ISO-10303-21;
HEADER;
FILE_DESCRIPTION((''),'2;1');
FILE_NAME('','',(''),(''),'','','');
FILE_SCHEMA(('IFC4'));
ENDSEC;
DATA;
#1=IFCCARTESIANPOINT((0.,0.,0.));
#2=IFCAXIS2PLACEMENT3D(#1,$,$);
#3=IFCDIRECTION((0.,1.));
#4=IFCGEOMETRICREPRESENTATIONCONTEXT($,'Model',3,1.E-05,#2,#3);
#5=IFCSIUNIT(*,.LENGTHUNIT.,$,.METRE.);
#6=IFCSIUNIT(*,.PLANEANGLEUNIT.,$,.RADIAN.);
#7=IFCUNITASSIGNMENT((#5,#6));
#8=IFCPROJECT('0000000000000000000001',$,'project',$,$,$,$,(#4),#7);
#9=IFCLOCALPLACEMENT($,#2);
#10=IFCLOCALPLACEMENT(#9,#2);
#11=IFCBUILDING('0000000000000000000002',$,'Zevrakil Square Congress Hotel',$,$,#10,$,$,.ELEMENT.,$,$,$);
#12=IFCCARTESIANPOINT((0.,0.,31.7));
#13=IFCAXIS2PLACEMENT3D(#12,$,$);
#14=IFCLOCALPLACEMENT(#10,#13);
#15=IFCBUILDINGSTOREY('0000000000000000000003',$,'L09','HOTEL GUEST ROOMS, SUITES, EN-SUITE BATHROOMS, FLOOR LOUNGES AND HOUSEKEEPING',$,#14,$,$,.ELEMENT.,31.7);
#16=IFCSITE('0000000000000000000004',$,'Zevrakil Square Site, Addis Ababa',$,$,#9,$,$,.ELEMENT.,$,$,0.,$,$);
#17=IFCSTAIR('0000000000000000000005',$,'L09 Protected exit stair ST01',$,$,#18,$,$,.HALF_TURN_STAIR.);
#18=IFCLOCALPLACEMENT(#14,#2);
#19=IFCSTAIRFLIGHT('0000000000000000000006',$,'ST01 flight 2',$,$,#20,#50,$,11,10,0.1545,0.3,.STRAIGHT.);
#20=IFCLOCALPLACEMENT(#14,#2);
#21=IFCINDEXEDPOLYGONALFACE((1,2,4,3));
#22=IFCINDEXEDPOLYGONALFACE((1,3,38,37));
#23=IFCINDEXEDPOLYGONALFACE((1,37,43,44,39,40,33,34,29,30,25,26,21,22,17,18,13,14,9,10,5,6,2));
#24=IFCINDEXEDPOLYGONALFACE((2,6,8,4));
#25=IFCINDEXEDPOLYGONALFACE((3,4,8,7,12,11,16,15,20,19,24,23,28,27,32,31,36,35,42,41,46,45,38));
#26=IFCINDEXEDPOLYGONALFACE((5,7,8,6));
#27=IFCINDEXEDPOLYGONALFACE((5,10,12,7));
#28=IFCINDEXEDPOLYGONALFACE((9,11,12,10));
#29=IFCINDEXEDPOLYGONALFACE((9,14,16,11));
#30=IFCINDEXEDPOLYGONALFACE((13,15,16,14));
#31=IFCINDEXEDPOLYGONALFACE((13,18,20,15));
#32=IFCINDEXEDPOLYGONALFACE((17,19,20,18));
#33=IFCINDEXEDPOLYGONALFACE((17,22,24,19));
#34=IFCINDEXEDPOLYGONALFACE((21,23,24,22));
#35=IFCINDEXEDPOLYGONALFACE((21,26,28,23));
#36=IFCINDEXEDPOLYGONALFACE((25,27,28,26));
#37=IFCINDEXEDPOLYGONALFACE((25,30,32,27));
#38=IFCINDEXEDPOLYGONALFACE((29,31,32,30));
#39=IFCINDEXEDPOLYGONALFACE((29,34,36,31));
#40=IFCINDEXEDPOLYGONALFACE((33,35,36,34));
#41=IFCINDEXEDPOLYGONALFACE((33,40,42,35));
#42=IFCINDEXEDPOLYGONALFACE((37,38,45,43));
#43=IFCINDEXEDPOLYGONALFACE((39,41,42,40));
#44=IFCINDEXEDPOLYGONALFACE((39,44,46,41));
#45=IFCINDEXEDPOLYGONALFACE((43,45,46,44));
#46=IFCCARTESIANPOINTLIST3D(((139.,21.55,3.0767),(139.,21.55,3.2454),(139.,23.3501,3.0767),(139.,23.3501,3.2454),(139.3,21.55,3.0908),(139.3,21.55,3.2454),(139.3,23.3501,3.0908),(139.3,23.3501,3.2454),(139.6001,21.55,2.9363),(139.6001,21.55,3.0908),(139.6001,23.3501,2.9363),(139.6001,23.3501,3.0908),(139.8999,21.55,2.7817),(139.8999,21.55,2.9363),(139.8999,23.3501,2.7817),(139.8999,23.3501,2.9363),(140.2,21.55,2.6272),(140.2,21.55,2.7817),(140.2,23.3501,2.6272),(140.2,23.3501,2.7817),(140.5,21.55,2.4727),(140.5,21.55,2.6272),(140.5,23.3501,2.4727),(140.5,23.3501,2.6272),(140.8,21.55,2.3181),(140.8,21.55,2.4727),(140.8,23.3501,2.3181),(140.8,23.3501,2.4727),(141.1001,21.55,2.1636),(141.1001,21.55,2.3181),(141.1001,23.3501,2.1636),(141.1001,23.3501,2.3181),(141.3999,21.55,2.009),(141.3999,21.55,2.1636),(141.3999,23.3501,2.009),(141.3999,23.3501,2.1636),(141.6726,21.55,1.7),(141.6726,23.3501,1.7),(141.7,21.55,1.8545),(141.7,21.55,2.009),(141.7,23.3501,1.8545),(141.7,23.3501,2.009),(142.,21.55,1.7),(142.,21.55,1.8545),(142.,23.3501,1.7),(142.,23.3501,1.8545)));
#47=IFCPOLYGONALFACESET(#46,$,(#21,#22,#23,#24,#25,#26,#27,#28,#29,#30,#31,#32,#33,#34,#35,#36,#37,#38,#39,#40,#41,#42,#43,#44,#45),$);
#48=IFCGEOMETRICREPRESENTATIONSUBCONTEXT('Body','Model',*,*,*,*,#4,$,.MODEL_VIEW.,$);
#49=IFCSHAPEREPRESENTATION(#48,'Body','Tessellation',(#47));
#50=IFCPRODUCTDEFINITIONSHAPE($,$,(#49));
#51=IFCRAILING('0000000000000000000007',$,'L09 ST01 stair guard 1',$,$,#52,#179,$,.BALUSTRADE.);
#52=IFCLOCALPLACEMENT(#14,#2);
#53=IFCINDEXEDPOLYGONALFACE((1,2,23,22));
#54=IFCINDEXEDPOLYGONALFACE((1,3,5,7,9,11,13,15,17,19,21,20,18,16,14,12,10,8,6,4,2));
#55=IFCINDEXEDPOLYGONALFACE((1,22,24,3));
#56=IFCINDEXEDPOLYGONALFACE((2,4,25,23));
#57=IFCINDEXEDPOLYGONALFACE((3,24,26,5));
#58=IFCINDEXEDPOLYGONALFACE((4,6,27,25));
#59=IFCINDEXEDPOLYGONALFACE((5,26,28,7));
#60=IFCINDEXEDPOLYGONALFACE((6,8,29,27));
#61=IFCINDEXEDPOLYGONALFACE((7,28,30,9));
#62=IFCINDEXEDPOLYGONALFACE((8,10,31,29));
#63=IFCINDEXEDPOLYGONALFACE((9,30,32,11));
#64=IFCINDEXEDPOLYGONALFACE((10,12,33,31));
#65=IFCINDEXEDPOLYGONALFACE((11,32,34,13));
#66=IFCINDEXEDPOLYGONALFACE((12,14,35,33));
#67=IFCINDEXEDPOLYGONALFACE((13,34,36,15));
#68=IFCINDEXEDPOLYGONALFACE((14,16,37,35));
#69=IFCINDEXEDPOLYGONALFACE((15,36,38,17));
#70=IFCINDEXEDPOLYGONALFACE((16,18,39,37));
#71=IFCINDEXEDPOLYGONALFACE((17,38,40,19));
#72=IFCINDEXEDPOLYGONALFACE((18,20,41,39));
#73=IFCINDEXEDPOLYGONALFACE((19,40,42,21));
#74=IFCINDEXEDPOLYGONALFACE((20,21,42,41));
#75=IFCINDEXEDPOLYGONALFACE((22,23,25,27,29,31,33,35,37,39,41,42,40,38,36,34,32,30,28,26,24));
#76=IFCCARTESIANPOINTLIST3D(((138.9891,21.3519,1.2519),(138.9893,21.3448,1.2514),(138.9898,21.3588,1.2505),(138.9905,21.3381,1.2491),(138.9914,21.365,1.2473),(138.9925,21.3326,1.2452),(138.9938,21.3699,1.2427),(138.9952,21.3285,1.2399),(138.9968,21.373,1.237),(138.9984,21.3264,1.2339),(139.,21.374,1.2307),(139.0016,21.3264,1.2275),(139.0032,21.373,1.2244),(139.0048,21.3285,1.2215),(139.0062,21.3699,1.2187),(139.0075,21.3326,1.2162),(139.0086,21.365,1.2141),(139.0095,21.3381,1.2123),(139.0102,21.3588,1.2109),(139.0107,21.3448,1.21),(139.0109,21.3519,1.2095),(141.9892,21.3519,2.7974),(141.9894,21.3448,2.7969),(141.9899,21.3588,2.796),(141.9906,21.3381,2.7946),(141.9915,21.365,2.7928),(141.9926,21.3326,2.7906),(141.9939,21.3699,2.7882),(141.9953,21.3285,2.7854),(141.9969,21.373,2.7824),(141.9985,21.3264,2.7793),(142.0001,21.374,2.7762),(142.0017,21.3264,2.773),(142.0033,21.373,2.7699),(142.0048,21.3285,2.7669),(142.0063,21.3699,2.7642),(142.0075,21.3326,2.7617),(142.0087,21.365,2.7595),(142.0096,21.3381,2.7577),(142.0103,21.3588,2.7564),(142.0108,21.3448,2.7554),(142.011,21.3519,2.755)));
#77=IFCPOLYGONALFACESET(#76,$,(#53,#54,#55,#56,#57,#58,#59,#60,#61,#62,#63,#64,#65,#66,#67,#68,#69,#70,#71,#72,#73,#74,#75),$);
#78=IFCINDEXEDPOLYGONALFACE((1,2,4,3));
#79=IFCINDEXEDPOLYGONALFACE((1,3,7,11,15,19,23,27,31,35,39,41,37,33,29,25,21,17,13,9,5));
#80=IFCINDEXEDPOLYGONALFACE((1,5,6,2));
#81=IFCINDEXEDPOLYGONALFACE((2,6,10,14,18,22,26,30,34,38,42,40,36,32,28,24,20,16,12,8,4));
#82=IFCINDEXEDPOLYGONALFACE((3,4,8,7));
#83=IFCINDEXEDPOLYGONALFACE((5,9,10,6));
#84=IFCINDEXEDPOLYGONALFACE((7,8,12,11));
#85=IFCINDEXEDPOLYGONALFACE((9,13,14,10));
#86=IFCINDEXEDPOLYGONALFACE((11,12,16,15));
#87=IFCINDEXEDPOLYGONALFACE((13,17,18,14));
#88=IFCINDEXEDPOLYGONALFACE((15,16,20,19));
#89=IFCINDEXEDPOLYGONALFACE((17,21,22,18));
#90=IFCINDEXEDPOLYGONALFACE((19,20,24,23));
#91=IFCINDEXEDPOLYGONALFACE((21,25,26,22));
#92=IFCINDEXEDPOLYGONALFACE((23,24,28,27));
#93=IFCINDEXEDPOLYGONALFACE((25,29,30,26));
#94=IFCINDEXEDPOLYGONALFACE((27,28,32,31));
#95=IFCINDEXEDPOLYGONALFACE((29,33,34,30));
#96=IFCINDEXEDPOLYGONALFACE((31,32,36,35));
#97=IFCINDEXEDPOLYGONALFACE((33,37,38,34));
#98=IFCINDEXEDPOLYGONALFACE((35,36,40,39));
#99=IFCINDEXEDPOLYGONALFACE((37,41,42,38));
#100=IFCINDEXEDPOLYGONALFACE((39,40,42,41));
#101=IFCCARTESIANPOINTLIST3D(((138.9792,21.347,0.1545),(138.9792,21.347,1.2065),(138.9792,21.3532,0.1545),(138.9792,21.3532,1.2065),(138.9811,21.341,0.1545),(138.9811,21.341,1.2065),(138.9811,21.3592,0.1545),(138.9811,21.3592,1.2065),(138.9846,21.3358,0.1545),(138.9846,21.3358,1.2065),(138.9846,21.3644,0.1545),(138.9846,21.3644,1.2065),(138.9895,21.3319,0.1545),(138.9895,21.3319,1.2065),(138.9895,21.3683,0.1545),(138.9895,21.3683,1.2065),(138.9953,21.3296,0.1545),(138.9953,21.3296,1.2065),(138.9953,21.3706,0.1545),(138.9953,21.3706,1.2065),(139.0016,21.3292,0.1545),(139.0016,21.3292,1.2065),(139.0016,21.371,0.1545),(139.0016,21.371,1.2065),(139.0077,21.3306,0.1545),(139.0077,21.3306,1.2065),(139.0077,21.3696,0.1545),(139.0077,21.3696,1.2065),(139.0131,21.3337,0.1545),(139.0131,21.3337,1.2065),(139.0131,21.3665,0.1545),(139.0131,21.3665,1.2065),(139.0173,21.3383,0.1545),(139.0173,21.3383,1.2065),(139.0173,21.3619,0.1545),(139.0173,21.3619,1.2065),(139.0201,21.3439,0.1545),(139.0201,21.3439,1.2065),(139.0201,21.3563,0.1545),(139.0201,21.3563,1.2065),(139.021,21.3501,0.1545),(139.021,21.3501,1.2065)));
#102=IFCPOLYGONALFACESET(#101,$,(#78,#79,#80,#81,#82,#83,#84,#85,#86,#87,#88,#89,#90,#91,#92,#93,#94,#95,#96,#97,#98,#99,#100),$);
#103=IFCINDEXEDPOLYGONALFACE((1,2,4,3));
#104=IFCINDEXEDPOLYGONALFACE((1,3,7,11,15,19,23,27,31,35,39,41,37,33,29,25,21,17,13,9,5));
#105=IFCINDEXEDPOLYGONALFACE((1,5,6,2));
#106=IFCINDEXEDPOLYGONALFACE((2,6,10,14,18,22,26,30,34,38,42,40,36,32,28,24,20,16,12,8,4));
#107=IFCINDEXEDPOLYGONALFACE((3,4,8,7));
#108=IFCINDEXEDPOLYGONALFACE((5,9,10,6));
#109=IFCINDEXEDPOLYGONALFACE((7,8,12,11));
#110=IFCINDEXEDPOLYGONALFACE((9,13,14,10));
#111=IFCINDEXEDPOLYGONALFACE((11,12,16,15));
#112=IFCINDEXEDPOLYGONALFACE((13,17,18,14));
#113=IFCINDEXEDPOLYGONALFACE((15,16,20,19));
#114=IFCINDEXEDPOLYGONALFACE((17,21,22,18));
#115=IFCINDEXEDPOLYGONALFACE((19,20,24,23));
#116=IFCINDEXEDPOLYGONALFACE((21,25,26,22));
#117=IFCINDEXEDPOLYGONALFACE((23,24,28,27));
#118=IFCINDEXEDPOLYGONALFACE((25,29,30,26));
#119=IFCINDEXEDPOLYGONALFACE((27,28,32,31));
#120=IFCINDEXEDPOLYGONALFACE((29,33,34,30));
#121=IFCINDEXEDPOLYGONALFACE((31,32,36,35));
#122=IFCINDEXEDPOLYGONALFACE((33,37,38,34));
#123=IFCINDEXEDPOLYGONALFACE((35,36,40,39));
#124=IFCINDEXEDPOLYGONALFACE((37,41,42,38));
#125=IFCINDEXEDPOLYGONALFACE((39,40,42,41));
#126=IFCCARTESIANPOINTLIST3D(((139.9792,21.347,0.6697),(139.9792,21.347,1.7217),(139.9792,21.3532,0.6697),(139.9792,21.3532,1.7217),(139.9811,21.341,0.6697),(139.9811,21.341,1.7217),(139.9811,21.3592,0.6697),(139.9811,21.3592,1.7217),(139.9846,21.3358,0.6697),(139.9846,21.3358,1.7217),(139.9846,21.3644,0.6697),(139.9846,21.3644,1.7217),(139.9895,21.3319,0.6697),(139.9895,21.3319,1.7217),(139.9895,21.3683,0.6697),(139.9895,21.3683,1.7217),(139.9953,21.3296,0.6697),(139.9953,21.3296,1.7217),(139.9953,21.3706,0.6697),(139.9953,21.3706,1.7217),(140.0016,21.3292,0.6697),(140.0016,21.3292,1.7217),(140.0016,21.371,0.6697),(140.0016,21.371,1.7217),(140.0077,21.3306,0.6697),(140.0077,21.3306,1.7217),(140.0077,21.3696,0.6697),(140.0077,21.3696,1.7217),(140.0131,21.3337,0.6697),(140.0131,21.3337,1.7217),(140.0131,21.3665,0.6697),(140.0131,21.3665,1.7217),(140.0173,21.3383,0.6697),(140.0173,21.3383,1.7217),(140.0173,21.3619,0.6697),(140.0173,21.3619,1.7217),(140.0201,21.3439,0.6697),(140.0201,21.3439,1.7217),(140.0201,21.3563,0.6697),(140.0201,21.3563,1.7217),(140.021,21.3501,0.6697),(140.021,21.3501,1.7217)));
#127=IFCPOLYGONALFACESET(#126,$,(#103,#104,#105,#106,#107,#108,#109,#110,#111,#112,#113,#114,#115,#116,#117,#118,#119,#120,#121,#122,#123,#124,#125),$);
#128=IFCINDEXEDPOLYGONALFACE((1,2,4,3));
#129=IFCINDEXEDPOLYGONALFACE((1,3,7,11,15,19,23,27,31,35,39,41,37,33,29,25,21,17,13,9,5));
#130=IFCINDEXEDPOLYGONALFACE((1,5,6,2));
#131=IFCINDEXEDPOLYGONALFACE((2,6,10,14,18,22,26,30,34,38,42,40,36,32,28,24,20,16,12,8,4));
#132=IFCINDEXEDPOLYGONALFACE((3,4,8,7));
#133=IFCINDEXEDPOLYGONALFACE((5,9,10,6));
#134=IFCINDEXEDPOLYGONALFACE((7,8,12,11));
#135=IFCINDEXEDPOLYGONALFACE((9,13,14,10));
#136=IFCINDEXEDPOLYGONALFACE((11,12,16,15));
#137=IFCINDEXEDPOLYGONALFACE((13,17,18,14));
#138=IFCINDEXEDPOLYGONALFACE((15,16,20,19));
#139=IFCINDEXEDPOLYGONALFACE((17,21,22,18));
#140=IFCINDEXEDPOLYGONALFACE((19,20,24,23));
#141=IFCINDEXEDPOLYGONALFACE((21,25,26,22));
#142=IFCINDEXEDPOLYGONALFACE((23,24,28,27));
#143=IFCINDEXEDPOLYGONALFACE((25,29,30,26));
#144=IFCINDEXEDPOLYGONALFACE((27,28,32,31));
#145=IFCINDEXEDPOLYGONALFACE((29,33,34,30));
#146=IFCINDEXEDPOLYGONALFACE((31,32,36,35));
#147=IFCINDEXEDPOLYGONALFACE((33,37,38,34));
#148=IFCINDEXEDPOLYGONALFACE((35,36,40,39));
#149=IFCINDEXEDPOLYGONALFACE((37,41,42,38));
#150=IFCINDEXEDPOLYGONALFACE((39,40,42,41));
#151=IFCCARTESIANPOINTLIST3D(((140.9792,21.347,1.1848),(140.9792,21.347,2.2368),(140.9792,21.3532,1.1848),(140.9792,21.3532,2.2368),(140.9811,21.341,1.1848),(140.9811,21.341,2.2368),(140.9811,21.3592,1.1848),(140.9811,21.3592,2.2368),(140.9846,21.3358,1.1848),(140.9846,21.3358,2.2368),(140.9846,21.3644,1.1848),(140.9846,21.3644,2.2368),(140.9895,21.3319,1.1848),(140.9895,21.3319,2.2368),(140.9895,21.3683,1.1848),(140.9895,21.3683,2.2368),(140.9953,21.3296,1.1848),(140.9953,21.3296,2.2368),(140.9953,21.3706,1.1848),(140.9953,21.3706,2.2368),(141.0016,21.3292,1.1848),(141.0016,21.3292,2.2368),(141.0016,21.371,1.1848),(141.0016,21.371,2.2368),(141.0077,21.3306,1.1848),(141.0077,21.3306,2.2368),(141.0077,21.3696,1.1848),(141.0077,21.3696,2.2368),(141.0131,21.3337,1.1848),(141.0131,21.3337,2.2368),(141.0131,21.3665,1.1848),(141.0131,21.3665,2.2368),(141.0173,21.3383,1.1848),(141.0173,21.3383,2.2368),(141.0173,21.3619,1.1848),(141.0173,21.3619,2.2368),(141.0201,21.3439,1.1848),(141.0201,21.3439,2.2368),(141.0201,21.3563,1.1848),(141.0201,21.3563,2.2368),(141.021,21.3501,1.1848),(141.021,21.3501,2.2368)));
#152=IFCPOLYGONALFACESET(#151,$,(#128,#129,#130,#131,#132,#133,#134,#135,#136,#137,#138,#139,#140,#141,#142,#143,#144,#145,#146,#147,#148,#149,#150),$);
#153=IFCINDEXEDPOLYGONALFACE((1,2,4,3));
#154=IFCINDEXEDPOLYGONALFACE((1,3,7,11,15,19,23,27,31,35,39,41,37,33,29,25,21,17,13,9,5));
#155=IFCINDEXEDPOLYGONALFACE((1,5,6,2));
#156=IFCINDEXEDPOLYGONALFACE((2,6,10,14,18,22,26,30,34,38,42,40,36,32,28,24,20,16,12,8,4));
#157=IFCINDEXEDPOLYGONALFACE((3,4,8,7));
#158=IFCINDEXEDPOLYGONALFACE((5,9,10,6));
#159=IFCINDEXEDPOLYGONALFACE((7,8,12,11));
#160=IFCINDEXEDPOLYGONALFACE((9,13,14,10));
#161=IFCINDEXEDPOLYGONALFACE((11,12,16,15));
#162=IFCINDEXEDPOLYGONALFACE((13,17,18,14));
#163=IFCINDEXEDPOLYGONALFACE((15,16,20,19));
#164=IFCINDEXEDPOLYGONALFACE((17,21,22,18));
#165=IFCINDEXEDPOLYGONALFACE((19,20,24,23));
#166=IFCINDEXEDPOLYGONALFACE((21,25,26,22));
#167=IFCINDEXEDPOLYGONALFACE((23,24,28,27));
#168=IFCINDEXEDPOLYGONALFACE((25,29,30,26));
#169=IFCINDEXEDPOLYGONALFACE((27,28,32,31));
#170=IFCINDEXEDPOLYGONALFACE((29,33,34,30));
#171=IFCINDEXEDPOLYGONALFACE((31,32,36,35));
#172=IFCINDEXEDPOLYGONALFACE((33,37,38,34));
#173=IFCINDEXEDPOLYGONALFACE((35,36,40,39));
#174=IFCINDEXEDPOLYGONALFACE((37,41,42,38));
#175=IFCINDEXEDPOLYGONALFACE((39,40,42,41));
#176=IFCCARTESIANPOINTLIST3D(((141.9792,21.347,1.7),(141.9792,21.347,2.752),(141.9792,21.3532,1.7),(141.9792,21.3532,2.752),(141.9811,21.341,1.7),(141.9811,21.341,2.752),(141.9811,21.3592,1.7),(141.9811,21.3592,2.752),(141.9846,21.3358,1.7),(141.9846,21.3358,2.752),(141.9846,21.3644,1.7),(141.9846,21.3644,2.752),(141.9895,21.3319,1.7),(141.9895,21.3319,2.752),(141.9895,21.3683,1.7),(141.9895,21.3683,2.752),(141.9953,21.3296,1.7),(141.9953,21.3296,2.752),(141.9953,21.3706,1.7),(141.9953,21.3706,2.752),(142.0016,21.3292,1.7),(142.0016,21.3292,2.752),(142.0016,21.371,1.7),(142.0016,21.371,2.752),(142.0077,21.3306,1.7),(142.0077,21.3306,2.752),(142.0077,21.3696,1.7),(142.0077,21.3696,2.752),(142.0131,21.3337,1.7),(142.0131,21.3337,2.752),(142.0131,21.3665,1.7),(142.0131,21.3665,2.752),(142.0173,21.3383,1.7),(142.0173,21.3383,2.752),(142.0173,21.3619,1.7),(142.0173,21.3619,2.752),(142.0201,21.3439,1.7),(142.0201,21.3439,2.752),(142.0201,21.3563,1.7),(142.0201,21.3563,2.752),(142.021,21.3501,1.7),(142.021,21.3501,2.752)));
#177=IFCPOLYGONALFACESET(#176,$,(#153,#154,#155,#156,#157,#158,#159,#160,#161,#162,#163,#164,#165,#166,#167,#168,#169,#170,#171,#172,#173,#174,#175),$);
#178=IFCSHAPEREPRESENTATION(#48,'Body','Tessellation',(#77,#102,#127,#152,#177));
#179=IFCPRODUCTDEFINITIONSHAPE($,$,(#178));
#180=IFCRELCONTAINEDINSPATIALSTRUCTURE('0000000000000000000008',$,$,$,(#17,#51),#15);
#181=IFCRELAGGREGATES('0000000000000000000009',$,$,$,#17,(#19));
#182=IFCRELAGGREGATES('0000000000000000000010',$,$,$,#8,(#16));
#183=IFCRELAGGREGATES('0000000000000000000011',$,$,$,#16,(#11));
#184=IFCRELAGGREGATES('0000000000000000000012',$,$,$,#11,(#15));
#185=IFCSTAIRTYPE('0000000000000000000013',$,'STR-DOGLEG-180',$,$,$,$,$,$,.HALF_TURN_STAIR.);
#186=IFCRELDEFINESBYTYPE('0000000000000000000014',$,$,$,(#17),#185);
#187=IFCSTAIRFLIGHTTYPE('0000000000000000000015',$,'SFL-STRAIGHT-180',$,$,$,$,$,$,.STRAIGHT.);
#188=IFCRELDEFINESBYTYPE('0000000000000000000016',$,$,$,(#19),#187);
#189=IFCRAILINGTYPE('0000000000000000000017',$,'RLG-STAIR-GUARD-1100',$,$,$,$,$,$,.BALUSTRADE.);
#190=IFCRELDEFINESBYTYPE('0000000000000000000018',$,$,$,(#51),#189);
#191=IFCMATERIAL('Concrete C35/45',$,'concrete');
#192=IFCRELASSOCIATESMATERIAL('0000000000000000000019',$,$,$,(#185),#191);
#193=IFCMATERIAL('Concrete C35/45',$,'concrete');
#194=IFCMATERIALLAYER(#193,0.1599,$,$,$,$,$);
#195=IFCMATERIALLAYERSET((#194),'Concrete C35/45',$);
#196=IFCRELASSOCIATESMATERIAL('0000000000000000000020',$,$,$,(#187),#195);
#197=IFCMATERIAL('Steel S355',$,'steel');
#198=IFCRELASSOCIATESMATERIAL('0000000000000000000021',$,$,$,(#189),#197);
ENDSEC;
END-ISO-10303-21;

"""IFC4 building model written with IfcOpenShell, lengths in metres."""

from ifc_helpers import new_model, si_unit, direction, frame, origin, origin_2d, place, context, subcontext, project, spatial, polyline, circle, outline, extrude, material, layer, layer_set, type_object, element, aggregate, save


model = new_model("IFC4")

# Units and contexts
model_context = context("Model", 3, precision=1e-05, world=origin(), true_north=direction((0.0, 1.0)))
body_context = subcontext(model_context, "Body", "Model", "MODEL_VIEW")
ifc_project = project(units=[si_unit("LENGTHUNIT", "METRE"), si_unit("PLANEANGLEUNIT", "RADIAN")], contexts=[model_context])

# Site, building, storey
site_placement = place(None, origin())
site = spatial("IfcSite", under=ifc_project, at=site_placement, Name="Zevrakil Square Site, Addis Ababa", CompositionType="ELEMENT", RefElevation=0.0)
building_placement = place(site_placement, origin())
building = spatial("IfcBuilding", under=site, at=building_placement, Name="Zevrakil Square Congress Hotel", CompositionType="ELEMENT")
storey_placement = place(building_placement, frame((0.0, 0.0, 31.7)))
storey = spatial("IfcBuildingStorey", under=building, at=storey_placement, Name="L09", Description="HOTEL GUEST ROOMS, SUITES, EN-SUITE BATHROOMS, FLOOR LOUNGES AND HOUSEKEEPING", CompositionType="ELEMENT", Elevation=31.7)

# Stair, stair flight
ifc_material_1 = material(Name="Concrete C35/45", Category="concrete")
stair_type = type_object("IfcStairType", Name="STR-DOGLEG-180", PredefinedType="HALF_TURN_STAIR", material=ifc_material_1)
stair_placement = place(storey_placement, origin())
stair = element("IfcStair", 1, at=stair_placement, inside=storey, type_object=stair_type, Name="L09 Protected exit stair ST01", PredefinedType="HALF_TURN_STAIR")
ifc_material_2 = material(Name="Concrete C35/45", Category="concrete")
ifc_layer_1 = layer(ifc_material_2, 0.1599)
ifc_layer_set_1 = layer_set([ifc_layer_1], Name="Concrete C35/45")
stair_flight_type = type_object("IfcStairFlightType", Name="SFL-STRAIGHT-180", PredefinedType="STRAIGHT", material=ifc_layer_set_1)
stair_flight_1_placement = place(storey_placement, frame((142.0, 22.45, 1.7), z_axis=(0.0, 0.0, 1.0), x_axis=(-1.0, 0.0, 0.0)))
stair_flight_1 = element("IfcStairFlight", 2, at=stair_flight_1_placement, type_object=stair_flight_type, Name="ST01 flight 2", NumberOfRisers=11, NumberOfTreads=10, PredefinedType="STRAIGHT", RiserHeight=0.1545, TreadLength=0.3, context=body_context, shape_type="SweptSolid", body=[
    extrude(outline(polyline([(0.0, 0.0), (0.0, 0.1545), (0.3, 0.1545), (0.3, 0.3091), (0.6001, 0.3091), (0.6001, 0.4636), (0.8999, 0.4636), (0.8999, 0.6182), (1.2, 0.6182), (1.2, 0.7727), (1.5, 0.7727), (1.5, 0.9272), (1.8, 0.9272), (1.8, 1.0818), (2.1001, 1.0818), (2.1001, 1.2363), (2.3999, 1.2363), (2.3999, 1.3909), (2.7, 1.3909), (2.7, 1.5454), (3.0, 1.5454), (3.0, 1.7), (3.0, 1.3767), (0.3274, 0.0), (0.0, 0.0)])), frame((0.0, 0.8999, 0.0), z_axis=(0.0, -1.0, 0.0), x_axis=(1.0, 0.0, 0.0)), (0.0, 0.0, 1.0), 1.8),
])
aggregate(stair, [stair_flight_1])

# Railing
ifc_material_3 = material(Name="Steel S355", Category="steel")
railing_type_1 = type_object("IfcRailingType", Name="RLG-STAIR-GUARD-1100", PredefinedType="BALUSTRADE", material=ifc_material_3)
railing_1_placement = place(storey_placement, frame((139.0, 21.3501, 0.1545)))
element("IfcRailing", 3, at=railing_1_placement, inside=storey, type_object=railing_type_1, Name="L09 ST01 stair guard 1", PredefinedType="BALUSTRADE", context=body_context, shape_type="SweptSolid", body=[
    extrude(circle(Radius=0.0239, at=origin_2d()), frame((0.0, 0.0, 1.0762), z_axis=(0.88898, 0.0, 0.457946), x_axis=(0.0, 1.0, 0.0)), (0.0, 0.0, 1.0), 3.3748),
    extrude(circle(Radius=0.021, at=origin_2d()), origin(), (0.0, 0.0, 1.0), 1.052),
    extrude(circle(Radius=0.021, at=origin_2d()), frame((1.0, 0.0, 0.5151)), (0.0, 0.0, 1.0), 1.052),
    extrude(circle(Radius=0.021, at=origin_2d()), frame((2.0, 0.0, 1.0303)), (0.0, 0.0, 1.0), 1.052),
    extrude(circle(Radius=0.021, at=origin_2d()), frame((3.0, 0.0, 1.5454)), (0.0, 0.0, 1.0), 1.052),
])

save(model, "model.ifc")
